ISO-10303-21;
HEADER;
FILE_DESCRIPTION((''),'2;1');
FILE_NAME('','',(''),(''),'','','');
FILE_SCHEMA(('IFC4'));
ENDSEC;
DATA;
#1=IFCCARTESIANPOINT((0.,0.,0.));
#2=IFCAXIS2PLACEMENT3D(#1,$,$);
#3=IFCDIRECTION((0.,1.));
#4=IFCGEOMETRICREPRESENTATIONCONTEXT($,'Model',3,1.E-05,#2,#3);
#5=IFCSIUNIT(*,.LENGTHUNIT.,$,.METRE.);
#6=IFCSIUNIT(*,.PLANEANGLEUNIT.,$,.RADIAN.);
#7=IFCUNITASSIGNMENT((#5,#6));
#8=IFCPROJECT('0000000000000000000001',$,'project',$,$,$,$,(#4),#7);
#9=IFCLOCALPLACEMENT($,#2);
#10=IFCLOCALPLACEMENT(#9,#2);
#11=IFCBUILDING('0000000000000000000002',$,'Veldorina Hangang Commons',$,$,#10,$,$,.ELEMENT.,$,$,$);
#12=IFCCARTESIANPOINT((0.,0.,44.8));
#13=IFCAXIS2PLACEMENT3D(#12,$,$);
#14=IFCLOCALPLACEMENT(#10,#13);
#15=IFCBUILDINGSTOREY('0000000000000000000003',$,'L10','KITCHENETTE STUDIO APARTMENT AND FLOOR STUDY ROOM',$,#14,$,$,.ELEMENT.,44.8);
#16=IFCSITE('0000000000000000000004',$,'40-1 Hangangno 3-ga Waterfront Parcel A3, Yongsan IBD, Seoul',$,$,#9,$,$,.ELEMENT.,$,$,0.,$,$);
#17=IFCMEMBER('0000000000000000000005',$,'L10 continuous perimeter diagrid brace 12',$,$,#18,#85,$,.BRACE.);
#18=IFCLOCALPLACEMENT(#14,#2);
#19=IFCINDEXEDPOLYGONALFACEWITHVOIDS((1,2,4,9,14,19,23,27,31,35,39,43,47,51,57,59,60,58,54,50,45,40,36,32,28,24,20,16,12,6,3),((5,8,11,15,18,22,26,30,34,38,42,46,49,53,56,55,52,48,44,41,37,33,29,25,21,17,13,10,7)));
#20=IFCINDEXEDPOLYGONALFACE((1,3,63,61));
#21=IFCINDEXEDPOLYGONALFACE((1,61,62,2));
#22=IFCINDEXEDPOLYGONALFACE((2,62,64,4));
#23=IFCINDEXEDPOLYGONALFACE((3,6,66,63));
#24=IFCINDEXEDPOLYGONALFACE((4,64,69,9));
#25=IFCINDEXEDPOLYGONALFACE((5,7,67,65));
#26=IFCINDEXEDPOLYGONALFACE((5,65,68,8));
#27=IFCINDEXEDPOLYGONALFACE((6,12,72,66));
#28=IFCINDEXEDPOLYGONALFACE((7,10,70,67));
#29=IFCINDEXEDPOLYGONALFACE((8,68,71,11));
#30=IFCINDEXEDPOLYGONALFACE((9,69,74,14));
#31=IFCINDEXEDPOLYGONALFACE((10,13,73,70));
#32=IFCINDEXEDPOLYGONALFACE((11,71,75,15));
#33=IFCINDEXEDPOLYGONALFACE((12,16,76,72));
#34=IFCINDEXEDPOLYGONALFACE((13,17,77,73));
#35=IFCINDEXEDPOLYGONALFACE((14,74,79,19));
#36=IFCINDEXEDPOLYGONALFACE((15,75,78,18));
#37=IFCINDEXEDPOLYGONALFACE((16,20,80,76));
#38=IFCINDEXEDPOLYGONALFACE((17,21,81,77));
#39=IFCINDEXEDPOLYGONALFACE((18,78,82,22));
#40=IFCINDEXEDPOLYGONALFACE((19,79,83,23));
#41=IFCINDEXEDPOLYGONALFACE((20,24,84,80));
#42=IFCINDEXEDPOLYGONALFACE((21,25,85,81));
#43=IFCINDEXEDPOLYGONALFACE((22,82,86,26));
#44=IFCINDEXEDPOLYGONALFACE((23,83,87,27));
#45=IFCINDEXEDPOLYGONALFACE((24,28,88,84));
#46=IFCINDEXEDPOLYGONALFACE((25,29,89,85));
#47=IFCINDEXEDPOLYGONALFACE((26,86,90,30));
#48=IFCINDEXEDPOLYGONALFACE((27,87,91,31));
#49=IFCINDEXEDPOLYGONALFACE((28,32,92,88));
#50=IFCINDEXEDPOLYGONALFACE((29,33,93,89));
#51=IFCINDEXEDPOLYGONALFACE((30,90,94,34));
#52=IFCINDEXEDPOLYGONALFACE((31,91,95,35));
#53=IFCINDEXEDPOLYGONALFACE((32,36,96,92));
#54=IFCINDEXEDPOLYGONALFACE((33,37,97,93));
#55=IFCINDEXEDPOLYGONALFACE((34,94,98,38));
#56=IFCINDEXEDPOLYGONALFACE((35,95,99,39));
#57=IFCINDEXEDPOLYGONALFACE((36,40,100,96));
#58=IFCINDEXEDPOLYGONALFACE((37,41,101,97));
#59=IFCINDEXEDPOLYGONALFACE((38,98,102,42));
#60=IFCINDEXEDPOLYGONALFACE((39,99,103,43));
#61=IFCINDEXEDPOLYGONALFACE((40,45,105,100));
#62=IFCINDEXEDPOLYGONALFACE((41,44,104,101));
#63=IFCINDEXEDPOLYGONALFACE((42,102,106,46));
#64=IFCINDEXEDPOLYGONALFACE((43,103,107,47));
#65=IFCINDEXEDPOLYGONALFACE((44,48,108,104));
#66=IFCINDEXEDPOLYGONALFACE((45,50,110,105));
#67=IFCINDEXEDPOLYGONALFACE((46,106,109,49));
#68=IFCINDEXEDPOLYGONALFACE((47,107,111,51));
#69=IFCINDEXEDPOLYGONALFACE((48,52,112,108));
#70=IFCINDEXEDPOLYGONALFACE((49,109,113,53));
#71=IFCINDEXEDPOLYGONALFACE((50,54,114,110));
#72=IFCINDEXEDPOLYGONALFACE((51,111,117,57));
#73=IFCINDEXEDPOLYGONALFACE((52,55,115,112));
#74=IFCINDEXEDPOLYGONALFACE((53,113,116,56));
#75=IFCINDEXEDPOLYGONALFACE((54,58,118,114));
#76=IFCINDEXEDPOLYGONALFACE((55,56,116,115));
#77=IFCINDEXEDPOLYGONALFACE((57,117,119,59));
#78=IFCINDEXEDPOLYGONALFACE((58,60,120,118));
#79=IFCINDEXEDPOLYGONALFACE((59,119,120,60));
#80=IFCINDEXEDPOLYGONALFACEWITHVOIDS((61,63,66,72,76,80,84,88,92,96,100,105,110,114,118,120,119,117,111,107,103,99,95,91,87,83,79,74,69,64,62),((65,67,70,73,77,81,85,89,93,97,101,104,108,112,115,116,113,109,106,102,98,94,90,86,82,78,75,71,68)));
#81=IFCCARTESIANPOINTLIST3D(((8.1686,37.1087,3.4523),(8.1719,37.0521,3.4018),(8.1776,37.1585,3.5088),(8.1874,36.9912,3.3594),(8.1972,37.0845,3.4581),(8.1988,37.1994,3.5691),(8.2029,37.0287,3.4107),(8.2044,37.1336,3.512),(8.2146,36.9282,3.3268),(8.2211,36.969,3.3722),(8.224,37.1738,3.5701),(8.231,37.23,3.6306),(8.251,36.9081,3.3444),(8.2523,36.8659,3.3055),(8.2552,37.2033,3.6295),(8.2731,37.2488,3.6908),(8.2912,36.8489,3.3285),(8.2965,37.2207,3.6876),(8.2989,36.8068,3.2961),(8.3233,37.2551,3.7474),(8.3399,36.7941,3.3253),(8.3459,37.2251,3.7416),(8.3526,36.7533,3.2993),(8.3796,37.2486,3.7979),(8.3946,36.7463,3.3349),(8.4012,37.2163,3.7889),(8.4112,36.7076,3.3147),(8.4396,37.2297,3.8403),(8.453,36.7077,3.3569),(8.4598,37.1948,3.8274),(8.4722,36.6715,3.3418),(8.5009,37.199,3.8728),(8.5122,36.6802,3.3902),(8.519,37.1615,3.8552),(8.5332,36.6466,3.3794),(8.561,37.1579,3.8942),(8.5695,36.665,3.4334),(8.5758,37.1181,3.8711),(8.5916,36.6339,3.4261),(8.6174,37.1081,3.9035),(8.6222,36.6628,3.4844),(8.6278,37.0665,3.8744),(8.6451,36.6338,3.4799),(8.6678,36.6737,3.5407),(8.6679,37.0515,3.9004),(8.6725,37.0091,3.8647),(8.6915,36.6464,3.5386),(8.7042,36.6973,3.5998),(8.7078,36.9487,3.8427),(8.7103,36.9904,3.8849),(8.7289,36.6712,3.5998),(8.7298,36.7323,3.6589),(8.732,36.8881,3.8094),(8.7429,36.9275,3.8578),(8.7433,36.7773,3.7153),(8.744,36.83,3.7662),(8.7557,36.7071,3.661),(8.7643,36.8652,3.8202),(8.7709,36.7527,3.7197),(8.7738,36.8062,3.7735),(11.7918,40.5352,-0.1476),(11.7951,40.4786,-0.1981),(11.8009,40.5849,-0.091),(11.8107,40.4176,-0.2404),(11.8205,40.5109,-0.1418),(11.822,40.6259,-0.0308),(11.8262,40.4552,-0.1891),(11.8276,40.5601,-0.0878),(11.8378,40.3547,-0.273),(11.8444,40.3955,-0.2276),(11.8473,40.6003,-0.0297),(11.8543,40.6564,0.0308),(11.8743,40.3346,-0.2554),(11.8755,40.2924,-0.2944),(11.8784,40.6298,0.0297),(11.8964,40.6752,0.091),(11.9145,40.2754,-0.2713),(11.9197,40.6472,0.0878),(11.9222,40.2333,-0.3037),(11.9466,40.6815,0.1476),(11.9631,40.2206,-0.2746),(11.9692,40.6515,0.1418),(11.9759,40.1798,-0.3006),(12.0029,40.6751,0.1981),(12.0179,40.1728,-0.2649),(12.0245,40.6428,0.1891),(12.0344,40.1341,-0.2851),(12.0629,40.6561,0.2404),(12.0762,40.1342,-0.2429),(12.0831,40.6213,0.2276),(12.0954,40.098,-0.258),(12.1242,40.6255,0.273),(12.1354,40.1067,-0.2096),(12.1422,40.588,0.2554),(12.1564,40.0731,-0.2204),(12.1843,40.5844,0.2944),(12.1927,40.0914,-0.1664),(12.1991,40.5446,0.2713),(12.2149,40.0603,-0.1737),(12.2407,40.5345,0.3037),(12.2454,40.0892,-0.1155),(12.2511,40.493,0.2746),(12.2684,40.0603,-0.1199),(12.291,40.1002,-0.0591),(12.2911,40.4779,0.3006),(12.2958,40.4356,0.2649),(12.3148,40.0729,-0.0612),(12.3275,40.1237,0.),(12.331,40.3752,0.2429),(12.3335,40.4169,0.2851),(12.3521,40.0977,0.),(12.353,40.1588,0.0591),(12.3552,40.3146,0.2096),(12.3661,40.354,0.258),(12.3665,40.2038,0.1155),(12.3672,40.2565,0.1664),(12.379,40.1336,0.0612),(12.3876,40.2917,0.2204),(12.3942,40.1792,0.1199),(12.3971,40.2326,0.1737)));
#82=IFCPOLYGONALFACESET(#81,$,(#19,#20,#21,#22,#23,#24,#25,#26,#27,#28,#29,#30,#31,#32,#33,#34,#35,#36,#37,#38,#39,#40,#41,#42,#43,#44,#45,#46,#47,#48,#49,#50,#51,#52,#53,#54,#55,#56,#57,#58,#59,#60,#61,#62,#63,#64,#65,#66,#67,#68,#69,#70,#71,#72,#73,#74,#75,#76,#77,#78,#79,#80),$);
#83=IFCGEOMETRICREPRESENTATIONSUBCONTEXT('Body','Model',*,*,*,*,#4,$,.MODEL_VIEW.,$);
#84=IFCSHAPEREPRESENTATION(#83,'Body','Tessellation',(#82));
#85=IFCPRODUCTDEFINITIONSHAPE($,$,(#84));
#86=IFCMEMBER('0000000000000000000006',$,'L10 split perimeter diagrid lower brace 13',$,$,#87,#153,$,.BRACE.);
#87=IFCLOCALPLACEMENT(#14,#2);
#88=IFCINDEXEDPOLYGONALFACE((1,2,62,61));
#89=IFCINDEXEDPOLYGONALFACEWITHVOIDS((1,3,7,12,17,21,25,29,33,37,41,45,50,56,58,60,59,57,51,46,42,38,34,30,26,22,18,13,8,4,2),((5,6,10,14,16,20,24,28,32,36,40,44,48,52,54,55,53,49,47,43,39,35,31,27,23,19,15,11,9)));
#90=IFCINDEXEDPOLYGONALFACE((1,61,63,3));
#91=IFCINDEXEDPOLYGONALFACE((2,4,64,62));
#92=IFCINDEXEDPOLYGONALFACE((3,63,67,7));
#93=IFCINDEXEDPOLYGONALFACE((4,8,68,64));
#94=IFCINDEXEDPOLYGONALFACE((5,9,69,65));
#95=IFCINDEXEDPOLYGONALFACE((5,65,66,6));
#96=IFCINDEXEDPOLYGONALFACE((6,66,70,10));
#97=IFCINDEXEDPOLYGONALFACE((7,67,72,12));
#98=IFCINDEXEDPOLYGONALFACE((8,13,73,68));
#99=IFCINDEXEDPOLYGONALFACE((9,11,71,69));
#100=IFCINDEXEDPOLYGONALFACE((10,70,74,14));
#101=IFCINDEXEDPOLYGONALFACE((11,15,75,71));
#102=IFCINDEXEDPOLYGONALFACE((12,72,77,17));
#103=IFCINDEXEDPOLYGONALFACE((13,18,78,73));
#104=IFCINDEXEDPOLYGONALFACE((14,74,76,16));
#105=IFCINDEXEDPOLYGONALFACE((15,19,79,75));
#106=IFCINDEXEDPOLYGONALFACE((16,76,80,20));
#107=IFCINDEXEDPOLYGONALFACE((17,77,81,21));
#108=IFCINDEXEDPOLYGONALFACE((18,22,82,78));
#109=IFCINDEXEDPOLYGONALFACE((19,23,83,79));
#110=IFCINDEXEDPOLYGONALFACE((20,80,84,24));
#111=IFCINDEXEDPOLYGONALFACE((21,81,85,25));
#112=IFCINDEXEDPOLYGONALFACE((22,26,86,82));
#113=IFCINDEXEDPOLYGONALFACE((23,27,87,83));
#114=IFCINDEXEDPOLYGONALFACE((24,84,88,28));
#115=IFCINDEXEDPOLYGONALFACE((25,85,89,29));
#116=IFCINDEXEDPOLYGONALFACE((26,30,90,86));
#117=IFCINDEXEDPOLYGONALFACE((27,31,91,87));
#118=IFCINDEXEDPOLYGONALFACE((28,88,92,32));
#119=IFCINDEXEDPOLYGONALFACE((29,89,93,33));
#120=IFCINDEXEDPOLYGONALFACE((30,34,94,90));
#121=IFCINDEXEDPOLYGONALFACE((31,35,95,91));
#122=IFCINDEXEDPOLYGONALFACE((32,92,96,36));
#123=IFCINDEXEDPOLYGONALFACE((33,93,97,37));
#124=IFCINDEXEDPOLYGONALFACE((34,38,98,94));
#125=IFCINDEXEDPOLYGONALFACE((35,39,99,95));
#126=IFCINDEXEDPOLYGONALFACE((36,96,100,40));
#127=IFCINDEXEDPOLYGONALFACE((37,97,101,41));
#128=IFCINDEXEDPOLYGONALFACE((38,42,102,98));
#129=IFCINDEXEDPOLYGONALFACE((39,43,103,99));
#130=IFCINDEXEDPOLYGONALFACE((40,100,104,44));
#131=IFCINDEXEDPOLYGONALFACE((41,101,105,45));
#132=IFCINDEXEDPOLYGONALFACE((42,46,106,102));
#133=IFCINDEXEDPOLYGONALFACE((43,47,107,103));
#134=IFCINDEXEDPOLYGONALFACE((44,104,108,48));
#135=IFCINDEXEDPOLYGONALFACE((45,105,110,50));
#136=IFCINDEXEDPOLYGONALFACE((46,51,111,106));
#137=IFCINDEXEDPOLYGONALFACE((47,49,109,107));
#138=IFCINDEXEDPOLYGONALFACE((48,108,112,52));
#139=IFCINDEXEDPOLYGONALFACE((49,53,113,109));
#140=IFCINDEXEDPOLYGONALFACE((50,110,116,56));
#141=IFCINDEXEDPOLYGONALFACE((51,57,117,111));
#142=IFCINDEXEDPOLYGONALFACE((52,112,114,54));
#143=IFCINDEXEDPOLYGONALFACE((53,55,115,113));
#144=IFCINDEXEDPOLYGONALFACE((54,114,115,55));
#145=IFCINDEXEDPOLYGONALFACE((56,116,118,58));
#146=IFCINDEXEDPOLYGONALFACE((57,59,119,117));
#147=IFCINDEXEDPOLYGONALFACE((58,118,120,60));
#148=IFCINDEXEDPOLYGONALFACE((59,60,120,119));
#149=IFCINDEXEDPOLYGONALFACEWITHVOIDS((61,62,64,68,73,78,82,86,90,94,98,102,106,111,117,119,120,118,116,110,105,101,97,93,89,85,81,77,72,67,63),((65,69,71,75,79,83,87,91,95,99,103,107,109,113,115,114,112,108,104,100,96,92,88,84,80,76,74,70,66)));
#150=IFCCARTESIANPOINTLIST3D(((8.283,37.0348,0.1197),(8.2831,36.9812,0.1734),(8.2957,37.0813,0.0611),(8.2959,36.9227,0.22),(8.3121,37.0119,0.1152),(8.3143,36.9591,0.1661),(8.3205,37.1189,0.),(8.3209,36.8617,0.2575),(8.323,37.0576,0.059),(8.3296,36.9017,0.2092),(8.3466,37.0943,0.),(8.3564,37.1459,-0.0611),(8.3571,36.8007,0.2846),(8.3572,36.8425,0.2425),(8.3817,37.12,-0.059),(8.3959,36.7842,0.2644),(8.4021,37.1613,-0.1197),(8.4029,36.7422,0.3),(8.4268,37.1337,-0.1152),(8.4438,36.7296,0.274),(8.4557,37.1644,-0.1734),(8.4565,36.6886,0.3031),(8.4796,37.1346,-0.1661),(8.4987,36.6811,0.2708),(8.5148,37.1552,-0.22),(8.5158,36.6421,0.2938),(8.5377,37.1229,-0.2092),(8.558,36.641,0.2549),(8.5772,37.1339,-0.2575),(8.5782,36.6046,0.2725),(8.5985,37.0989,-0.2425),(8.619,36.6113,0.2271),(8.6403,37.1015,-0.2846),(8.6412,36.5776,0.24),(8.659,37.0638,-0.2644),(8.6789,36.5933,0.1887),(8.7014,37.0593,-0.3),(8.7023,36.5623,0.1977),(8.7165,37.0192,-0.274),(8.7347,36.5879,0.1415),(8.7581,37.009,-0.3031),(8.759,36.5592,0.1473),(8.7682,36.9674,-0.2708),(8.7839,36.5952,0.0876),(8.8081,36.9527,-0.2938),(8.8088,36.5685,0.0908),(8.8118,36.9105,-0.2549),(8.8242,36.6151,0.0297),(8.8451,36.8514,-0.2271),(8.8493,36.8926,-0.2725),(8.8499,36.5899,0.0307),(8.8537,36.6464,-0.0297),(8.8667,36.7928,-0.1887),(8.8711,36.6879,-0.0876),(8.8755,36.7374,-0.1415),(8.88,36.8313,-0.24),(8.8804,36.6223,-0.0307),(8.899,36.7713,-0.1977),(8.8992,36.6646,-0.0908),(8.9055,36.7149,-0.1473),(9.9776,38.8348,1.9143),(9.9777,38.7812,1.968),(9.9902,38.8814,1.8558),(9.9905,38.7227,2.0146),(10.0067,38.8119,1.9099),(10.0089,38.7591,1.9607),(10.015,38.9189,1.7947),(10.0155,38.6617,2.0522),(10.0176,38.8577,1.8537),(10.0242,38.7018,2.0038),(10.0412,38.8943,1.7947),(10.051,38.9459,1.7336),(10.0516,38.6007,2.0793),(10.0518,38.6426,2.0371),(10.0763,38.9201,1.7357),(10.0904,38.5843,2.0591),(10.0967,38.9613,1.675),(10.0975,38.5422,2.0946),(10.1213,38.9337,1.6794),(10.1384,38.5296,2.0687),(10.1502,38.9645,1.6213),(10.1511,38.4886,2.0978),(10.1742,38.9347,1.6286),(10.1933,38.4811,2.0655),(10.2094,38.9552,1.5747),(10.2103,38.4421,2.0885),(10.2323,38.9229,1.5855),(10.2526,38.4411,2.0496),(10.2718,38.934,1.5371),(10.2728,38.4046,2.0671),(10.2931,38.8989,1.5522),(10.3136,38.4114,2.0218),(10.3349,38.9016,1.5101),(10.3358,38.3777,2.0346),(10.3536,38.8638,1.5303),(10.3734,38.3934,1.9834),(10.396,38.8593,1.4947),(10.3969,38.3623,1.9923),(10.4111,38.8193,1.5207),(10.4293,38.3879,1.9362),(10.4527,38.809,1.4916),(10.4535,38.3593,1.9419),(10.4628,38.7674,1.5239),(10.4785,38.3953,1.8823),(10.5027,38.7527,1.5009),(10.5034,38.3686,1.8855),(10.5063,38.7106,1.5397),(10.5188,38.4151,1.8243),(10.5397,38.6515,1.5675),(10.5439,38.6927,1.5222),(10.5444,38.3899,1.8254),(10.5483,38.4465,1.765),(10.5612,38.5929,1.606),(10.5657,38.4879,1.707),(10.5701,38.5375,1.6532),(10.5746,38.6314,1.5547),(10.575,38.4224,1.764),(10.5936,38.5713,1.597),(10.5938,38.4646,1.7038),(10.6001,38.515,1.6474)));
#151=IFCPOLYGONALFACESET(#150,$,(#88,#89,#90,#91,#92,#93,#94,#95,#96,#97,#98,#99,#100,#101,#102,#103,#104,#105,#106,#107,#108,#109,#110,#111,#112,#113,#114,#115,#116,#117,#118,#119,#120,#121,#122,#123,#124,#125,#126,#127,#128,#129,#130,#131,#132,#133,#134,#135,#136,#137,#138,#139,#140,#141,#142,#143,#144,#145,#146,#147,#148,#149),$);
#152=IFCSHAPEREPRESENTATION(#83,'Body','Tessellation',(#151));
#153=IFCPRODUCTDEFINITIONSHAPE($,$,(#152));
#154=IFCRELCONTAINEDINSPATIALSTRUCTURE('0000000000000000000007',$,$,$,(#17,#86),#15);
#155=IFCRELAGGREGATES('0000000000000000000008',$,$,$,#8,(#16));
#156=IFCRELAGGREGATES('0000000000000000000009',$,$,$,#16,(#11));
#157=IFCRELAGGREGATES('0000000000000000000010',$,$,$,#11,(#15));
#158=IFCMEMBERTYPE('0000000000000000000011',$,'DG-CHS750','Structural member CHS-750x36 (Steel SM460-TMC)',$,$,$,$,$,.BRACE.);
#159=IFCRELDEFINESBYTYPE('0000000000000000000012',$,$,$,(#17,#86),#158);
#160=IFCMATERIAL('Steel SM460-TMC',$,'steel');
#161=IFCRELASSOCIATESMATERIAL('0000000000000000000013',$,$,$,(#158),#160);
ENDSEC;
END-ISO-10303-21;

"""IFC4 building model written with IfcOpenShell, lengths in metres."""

from ifc_helpers import new_model, si_unit, direction, frame, origin, origin_2d, place, context, subcontext, project, spatial, hollow_circle, extrude, material, material_profile, profile_set, type_object, element, save


model = new_model("IFC4")

# Units and contexts
model_context = context("Model", 3, precision=1e-05, world=origin(), true_north=direction((0.0, 1.0)))
body_context = subcontext(model_context, "Body", "Model", "MODEL_VIEW")
ifc_project = project(units=[si_unit("LENGTHUNIT", "METRE"), si_unit("PLANEANGLEUNIT", "RADIAN")], contexts=[model_context])

# Site, building, storey
site_placement = place(None, origin())
site = spatial("IfcSite", under=ifc_project, at=site_placement, Name="40-1 Hangangno 3-ga Waterfront Parcel A3, Yongsan IBD, Seoul", CompositionType="ELEMENT", RefElevation=0.0)
building_placement = place(site_placement, origin())
building = spatial("IfcBuilding", under=site, at=building_placement, Name="Veldorina Hangang Commons", CompositionType="ELEMENT")
storey_placement = place(building_placement, frame((0.0, 0.0, 44.8)))
storey = spatial("IfcBuildingStorey", under=building, at=storey_placement, Name="L10", Description="KITCHENETTE STUDIO APARTMENT AND FLOOR STUDY ROOM", CompositionType="ELEMENT", Elevation=44.8)

# Shared definitions
ifc_material_1 = material(Name="Steel SM460-TMC", Category="steel")

# Members
ifc_material_profile_1 = material_profile(ifc_material_1, hollow_circle(Radius=0.375, WallThickness=0.0359, at=origin_2d()), Name="CHS-750x36")
ifc_profile_set_1 = profile_set([ifc_material_profile_1], Name="Steel SM460-TMC")
member_type = type_object("IfcMemberType", Name="DG-CHS750", Description="Structural member CHS-750x36 (Steel SM460-TMC)", PredefinedType="BRACE", material=ifc_profile_set_1)
member_1_placement = place(storey_placement, frame((12.0945, 40.3701, 0.0), z_axis=(-0.589109, -0.557115, 0.585298), x_axis=(0.687102, -0.726561, 0.0)))
element("IfcMember", 1, at=member_1_placement, inside=storey, type_object=member_type, Name="L10 continuous perimeter diagrid brace 12", PredefinedType="BRACE", context=body_context, shape_type="SweptSolid", body=[
    extrude(hollow_circle(Radius=0.375, WallThickness=0.0359, at=origin_2d()), origin(), (0.0, 0.0, 1.0), 6.1504),
])
member_2_placement = place(storey_placement, frame((8.5935, 36.8618, 0.0), z_axis=(0.554702, 0.589226, 0.587468), x_axis=(-0.728116, 0.685454, 0.0)))
element("IfcMember", 2, at=member_2_placement, inside=storey, type_object=member_type, Name="L10 split perimeter diagrid lower brace 13", PredefinedType="BRACE", context=body_context, shape_type="SweptSolid", body=[
    extrude(hollow_circle(Radius=0.375, WallThickness=0.0359, at=origin_2d()), origin(), (0.0, 0.0, 1.0), 3.0549),
])

save(model, "model.ifc")
